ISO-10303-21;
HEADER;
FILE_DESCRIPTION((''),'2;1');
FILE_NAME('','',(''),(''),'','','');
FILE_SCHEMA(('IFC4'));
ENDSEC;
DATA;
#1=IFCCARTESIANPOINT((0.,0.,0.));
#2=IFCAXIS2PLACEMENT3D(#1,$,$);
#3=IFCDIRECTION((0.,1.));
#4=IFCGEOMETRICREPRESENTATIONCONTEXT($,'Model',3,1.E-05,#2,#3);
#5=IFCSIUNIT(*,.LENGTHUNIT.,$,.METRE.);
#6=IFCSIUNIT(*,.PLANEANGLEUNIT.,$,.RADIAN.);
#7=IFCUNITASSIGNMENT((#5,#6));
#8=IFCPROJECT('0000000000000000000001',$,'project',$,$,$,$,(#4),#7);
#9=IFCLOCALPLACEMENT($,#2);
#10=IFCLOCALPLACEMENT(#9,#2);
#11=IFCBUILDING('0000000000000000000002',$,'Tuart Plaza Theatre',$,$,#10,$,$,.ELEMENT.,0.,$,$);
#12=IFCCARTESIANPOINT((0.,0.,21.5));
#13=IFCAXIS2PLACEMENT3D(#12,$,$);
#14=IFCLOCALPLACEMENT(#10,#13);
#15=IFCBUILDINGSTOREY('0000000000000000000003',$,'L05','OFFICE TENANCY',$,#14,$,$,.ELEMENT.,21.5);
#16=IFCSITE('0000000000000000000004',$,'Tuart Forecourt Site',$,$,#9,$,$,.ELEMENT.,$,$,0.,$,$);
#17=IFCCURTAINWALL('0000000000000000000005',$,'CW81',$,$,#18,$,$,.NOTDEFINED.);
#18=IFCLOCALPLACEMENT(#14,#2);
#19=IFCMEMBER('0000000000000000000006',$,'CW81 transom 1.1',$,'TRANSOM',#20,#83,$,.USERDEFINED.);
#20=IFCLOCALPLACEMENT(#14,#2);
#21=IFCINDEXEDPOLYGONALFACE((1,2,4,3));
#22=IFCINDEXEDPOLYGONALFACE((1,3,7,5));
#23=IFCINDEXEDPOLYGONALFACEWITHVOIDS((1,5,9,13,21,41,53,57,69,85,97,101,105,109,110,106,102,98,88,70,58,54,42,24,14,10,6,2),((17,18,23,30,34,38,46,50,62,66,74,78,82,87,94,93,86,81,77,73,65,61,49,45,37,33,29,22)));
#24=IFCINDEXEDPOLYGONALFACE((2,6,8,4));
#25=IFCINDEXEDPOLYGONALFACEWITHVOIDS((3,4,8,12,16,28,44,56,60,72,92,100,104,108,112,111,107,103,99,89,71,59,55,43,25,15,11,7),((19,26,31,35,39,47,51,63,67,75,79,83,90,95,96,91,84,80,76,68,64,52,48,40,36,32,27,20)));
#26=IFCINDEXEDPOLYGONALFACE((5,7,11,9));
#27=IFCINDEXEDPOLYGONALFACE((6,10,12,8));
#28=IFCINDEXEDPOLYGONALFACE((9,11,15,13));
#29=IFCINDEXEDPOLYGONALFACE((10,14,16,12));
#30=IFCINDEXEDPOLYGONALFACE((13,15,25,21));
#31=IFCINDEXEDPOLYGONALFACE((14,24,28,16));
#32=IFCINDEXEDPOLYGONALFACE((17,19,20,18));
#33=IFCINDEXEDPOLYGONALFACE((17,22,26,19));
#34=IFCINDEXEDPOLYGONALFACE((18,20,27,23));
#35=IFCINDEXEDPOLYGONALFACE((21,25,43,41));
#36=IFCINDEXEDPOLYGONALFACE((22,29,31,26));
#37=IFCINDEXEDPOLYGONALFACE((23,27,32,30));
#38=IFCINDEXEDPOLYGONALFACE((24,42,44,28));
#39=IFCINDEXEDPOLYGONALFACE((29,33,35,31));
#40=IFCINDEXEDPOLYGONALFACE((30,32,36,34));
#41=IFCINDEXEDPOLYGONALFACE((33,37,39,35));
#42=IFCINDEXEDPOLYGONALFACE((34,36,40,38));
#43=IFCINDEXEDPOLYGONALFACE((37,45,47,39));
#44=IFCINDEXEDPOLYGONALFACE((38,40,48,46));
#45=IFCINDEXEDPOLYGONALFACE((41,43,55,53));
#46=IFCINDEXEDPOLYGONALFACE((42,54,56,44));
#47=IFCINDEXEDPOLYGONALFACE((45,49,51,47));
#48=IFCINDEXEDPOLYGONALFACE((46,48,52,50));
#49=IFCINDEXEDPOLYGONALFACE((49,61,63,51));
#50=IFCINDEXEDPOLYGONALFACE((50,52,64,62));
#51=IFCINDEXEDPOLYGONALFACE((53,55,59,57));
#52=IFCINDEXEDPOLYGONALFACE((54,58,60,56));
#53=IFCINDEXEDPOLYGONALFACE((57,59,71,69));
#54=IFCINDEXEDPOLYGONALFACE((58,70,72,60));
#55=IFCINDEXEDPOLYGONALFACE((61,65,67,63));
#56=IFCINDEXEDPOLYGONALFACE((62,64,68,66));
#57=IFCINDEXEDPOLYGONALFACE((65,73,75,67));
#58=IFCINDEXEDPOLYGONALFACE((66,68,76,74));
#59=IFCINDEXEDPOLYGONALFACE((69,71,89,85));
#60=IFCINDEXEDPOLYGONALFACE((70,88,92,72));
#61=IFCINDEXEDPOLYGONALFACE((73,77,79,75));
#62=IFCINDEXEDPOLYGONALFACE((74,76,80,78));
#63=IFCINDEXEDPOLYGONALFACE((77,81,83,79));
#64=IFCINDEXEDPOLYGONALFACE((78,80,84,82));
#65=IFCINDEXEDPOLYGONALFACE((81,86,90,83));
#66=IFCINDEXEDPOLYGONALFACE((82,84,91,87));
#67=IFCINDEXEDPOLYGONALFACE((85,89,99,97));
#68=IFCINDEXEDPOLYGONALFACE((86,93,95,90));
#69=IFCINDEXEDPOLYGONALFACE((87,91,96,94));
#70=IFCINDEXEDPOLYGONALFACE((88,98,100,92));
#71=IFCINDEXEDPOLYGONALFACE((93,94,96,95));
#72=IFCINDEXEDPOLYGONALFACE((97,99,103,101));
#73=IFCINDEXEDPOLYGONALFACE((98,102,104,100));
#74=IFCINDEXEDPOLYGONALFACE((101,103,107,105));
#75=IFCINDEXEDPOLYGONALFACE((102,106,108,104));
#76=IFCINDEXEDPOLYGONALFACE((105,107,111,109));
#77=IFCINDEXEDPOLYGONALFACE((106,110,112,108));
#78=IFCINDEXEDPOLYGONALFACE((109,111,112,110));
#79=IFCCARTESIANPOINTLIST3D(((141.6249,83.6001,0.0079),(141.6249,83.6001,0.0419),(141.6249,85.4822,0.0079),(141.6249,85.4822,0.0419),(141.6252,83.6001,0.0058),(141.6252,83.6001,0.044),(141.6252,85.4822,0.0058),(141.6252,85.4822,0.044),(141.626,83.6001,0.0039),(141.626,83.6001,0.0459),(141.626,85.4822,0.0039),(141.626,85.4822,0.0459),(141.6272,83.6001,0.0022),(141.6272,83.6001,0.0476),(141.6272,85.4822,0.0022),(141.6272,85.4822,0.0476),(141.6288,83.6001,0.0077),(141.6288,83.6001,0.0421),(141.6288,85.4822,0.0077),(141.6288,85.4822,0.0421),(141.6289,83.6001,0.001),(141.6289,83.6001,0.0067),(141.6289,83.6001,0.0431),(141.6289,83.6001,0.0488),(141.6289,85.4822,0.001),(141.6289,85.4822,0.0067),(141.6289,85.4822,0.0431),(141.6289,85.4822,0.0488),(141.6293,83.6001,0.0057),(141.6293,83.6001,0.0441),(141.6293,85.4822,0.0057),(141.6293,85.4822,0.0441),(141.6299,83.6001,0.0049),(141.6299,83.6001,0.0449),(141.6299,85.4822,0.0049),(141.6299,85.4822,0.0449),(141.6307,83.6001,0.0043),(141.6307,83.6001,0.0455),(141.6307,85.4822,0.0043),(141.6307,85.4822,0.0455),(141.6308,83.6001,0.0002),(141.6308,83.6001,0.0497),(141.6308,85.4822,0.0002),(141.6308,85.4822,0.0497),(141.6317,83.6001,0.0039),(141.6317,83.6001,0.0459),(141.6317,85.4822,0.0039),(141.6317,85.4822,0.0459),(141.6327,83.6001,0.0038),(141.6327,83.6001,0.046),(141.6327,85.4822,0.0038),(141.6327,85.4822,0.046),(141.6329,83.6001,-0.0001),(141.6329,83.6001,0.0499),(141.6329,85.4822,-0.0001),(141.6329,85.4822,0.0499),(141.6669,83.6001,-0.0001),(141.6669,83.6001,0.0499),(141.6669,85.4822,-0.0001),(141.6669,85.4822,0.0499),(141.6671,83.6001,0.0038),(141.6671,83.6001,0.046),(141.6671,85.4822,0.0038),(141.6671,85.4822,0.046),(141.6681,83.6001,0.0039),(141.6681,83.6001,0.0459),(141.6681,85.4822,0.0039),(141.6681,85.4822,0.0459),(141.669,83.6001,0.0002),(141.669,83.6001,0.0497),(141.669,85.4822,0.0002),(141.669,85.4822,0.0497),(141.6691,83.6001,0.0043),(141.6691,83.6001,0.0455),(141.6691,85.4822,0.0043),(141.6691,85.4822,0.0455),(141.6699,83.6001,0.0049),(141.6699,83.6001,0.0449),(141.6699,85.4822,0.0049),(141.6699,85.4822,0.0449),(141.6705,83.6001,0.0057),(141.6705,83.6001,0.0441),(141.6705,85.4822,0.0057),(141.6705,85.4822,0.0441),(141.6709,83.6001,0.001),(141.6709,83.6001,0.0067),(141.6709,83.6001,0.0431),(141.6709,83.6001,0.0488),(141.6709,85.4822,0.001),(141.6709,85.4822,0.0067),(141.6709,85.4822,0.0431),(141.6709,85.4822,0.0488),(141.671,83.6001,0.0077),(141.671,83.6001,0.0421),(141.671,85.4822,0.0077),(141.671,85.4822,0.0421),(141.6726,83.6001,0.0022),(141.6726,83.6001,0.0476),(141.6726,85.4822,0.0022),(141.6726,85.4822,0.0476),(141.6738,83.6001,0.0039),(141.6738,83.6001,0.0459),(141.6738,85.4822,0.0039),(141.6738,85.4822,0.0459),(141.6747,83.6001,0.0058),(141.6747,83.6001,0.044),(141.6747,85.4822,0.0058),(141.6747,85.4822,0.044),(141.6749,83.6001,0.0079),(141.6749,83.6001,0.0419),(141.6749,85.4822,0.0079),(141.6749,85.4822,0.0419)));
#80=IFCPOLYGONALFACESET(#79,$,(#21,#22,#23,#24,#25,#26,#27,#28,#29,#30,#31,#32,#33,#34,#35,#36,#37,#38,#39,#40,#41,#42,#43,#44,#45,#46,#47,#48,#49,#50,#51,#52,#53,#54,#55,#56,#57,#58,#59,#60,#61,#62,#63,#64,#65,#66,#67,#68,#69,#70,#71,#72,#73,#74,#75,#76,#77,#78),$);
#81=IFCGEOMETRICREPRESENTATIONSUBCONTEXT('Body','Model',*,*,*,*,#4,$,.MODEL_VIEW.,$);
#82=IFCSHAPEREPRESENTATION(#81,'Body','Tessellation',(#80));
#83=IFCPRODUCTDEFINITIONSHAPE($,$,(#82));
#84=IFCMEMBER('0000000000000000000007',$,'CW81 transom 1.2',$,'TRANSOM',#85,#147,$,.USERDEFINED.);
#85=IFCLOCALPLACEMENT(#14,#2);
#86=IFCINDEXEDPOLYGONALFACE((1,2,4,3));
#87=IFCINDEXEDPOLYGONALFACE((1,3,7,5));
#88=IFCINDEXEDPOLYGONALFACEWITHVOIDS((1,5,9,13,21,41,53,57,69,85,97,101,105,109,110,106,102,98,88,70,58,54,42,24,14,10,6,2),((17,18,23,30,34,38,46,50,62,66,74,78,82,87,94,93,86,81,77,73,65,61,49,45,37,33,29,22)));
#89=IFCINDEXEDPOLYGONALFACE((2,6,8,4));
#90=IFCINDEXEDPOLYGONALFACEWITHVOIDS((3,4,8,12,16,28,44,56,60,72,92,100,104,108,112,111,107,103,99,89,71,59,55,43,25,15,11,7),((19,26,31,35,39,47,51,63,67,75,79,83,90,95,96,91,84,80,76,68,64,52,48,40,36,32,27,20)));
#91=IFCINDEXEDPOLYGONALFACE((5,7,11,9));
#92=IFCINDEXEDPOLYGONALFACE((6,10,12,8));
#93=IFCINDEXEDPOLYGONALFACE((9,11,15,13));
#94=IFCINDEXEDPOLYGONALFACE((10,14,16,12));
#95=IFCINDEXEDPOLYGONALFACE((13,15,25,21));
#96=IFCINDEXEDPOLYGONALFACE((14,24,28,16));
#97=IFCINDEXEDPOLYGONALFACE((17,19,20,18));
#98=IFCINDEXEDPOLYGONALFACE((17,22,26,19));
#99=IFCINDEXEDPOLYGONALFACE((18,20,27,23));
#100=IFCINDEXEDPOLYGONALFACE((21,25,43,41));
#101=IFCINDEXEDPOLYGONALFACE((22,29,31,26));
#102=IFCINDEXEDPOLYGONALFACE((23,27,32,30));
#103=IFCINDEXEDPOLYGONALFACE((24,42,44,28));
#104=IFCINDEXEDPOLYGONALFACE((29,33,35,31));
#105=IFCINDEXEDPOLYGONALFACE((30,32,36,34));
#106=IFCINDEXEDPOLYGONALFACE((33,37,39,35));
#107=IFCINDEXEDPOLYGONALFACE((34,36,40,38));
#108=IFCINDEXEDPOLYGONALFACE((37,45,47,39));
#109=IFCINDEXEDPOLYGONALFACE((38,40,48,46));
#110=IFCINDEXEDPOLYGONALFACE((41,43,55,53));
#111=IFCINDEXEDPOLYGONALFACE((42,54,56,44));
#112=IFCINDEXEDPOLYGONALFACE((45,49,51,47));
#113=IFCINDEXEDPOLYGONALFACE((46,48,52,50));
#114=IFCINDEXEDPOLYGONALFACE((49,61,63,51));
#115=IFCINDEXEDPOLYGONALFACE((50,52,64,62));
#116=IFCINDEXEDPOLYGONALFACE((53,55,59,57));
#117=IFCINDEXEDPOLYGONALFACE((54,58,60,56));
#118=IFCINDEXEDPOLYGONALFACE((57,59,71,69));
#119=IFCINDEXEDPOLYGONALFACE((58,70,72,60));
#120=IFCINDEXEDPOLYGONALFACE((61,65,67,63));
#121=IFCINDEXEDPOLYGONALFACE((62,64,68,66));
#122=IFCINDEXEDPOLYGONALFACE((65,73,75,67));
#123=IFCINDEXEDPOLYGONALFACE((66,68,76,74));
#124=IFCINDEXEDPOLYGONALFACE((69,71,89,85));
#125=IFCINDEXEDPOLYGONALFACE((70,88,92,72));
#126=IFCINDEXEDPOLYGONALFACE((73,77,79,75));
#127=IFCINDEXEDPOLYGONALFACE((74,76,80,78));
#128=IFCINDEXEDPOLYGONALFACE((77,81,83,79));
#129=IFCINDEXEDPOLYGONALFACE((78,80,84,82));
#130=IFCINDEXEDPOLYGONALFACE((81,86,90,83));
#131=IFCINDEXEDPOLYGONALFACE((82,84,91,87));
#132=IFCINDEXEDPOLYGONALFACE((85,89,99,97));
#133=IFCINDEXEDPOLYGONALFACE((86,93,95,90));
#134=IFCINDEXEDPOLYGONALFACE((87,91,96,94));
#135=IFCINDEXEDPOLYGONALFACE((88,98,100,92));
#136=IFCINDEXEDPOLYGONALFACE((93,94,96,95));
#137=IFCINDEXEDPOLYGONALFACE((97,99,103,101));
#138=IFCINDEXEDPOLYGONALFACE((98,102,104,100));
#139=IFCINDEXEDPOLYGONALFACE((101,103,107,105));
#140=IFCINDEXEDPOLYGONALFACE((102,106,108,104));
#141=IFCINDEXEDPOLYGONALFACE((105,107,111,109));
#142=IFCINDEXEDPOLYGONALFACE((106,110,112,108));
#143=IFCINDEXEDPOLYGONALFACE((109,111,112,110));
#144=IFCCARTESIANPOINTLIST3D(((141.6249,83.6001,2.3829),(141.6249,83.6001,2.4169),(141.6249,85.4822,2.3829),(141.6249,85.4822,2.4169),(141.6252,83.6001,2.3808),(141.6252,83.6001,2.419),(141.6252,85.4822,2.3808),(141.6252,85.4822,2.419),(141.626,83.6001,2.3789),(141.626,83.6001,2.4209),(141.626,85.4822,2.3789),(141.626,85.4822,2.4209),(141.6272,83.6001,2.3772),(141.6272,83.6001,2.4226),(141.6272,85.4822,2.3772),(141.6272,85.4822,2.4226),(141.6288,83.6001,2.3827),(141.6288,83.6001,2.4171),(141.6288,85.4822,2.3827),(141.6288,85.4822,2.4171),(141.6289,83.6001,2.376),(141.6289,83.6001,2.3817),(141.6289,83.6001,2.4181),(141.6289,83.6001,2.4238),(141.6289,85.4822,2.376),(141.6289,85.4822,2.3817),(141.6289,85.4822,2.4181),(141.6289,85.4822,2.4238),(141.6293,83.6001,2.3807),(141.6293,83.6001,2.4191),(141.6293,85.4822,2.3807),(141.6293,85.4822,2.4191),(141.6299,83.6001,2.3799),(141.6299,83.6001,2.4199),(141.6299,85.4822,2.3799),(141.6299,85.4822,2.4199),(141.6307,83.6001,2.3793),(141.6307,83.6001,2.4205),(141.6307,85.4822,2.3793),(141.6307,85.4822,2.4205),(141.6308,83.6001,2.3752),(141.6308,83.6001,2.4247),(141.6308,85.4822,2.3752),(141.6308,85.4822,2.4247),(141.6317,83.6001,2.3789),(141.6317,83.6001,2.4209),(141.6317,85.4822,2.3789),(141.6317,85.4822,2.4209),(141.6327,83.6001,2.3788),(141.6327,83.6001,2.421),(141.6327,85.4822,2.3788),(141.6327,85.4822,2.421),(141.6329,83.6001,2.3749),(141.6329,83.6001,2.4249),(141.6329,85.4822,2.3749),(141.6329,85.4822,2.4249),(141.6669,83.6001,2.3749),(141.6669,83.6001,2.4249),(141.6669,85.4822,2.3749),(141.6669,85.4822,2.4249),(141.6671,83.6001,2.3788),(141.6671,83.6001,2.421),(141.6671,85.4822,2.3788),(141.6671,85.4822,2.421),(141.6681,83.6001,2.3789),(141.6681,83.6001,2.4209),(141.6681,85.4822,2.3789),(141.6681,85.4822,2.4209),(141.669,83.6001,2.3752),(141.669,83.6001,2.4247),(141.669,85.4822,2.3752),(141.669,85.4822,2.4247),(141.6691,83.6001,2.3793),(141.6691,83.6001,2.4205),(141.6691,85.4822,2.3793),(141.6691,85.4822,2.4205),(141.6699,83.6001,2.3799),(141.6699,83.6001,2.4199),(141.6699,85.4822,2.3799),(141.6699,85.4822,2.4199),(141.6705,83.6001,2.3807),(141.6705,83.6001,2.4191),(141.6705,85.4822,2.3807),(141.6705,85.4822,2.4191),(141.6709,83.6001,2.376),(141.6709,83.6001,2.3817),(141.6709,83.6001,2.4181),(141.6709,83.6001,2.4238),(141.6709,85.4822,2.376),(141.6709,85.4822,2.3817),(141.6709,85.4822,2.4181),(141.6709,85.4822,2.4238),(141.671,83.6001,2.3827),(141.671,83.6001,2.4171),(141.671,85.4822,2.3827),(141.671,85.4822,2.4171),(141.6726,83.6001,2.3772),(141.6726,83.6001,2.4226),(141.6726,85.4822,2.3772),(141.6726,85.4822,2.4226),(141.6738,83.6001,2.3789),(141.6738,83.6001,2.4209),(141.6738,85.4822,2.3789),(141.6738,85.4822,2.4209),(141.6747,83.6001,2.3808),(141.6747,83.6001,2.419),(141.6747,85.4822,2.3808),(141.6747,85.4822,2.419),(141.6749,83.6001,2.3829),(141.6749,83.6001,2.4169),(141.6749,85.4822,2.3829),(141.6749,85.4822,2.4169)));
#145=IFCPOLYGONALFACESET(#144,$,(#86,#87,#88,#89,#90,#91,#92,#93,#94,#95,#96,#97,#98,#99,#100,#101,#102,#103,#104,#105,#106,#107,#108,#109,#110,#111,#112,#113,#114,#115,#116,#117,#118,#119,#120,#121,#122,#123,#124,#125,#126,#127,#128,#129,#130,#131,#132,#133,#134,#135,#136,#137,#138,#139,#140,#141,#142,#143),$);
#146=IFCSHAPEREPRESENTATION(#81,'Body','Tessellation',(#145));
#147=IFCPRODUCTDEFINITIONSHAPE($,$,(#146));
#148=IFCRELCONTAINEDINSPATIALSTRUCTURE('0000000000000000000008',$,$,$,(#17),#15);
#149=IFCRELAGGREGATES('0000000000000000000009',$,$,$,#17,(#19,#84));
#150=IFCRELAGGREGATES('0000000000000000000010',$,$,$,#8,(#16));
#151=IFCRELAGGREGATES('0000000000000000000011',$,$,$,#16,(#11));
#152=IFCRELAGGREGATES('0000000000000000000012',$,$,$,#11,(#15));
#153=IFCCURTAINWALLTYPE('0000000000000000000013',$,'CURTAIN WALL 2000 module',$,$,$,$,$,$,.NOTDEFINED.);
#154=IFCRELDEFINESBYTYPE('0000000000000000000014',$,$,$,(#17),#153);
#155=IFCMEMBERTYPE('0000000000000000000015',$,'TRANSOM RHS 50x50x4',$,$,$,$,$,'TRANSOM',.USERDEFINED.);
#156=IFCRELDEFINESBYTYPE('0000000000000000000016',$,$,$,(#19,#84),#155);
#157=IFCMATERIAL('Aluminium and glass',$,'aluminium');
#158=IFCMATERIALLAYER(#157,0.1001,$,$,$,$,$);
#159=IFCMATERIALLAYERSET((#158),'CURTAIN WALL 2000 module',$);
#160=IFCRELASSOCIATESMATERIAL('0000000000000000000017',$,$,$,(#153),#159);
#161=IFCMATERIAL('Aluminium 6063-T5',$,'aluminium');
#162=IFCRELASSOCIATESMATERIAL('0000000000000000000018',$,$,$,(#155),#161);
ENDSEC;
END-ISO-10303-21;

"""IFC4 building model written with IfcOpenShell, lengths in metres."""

from ifc_helpers import new_model, si_unit, direction, frame, origin, origin_2d, place, context, subcontext, project, spatial, hollow_rectangle, extrude, material, layer, layer_set, material_profile, profile_set, type_object, element, aggregate, save


model = new_model("IFC4")

# Units and contexts
model_context = context("Model", 3, precision=1e-05, world=origin(), true_north=direction((0.0, 1.0)))
body_context = subcontext(model_context, "Body", "Model", "MODEL_VIEW")
ifc_project = project(units=[si_unit("LENGTHUNIT", "METRE"), si_unit("PLANEANGLEUNIT", "RADIAN")], contexts=[model_context])

# Site, building, storey
site_placement = place(None, origin())
site = spatial("IfcSite", under=ifc_project, at=site_placement, Name="Tuart Forecourt Site", CompositionType="ELEMENT", RefElevation=0.0)
building_placement = place(site_placement, origin())
building = spatial("IfcBuilding", under=site, at=building_placement, Name="Tuart Plaza Theatre", CompositionType="ELEMENT", ElevationOfRefHeight=0.0)
storey_placement = place(building_placement, frame((0.0, 0.0, 21.5)))
storey = spatial("IfcBuildingStorey", under=building, at=storey_placement, Name="L05", Description="OFFICE TENANCY", CompositionType="ELEMENT", Elevation=21.5)

# Shared definitions
ifc_material_1 = material(Name="Aluminium and glass", Category="aluminium")
ifc_layer_1 = layer(ifc_material_1, 0.1001)
ifc_layer_set_1 = layer_set([ifc_layer_1], Name="CURTAIN WALL 2000 module")
curtain_wall_type = type_object("IfcCurtainWallType", Name="CURTAIN WALL 2000 module", PredefinedType="NOTDEFINED", material=ifc_layer_set_1)

# Curtain wall
curtain_wall_1_placement = place(storey_placement, origin())
curtain_wall_1 = element("IfcCurtainWall", 1, at=curtain_wall_1_placement, inside=storey, type_object=curtain_wall_type, Name="CW81", PredefinedType="NOTDEFINED")

# Members
ifc_material_2 = material(Name="Aluminium 6063-T5", Category="aluminium")
ifc_material_profile_1 = material_profile(ifc_material_2, hollow_rectangle(XDim=0.05, YDim=0.05, WallThickness=0.0039, InnerFilletRadius=0.0039, OuterFilletRadius=0.0081, at=origin_2d()), Name="RHS 50x50x4")
ifc_profile_set_1 = profile_set([ifc_material_profile_1], Name="Aluminium 6063-T5")
member_type_1 = type_object("IfcMemberType", Name="TRANSOM RHS 50x50x4", ElementType="TRANSOM", PredefinedType="USERDEFINED", material=ifc_profile_set_1)
member_1_placement = place(storey_placement, frame((141.6499, 83.6001, 0.0249), z_axis=(0.0, 1.0, 0.0), x_axis=(-1.0, 0.0, 0.0)))
member_1 = element("IfcMember", 2, at=member_1_placement, type_object=member_type_1, Name="CW81 transom 1.1", ObjectType="TRANSOM", PredefinedType="USERDEFINED", context=body_context, shape_type="SweptSolid", body=[
    extrude(hollow_rectangle(XDim=0.05, YDim=0.05, WallThickness=0.0039, InnerFilletRadius=0.0039, OuterFilletRadius=0.0081, at=origin_2d()), origin(), (0.0, 0.0, 1.0), 1.8821),
])
member_2_placement = place(storey_placement, frame((141.6499, 83.6001, 2.3999), z_axis=(0.0, 1.0, 0.0), x_axis=(-1.0, 0.0, 0.0)))
member_2 = element("IfcMember", 3, at=member_2_placement, type_object=member_type_1, Name="CW81 transom 1.2", ObjectType="TRANSOM", PredefinedType="USERDEFINED", context=body_context, shape_type="SweptSolid", body=[
    extrude(hollow_rectangle(XDim=0.05, YDim=0.05, WallThickness=0.0039, InnerFilletRadius=0.0039, OuterFilletRadius=0.0081, at=origin_2d()), origin(), (0.0, 0.0, 1.0), 1.8821),
])
aggregate(curtain_wall_1, [member_1, member_2])

save(model, "model.ifc")
